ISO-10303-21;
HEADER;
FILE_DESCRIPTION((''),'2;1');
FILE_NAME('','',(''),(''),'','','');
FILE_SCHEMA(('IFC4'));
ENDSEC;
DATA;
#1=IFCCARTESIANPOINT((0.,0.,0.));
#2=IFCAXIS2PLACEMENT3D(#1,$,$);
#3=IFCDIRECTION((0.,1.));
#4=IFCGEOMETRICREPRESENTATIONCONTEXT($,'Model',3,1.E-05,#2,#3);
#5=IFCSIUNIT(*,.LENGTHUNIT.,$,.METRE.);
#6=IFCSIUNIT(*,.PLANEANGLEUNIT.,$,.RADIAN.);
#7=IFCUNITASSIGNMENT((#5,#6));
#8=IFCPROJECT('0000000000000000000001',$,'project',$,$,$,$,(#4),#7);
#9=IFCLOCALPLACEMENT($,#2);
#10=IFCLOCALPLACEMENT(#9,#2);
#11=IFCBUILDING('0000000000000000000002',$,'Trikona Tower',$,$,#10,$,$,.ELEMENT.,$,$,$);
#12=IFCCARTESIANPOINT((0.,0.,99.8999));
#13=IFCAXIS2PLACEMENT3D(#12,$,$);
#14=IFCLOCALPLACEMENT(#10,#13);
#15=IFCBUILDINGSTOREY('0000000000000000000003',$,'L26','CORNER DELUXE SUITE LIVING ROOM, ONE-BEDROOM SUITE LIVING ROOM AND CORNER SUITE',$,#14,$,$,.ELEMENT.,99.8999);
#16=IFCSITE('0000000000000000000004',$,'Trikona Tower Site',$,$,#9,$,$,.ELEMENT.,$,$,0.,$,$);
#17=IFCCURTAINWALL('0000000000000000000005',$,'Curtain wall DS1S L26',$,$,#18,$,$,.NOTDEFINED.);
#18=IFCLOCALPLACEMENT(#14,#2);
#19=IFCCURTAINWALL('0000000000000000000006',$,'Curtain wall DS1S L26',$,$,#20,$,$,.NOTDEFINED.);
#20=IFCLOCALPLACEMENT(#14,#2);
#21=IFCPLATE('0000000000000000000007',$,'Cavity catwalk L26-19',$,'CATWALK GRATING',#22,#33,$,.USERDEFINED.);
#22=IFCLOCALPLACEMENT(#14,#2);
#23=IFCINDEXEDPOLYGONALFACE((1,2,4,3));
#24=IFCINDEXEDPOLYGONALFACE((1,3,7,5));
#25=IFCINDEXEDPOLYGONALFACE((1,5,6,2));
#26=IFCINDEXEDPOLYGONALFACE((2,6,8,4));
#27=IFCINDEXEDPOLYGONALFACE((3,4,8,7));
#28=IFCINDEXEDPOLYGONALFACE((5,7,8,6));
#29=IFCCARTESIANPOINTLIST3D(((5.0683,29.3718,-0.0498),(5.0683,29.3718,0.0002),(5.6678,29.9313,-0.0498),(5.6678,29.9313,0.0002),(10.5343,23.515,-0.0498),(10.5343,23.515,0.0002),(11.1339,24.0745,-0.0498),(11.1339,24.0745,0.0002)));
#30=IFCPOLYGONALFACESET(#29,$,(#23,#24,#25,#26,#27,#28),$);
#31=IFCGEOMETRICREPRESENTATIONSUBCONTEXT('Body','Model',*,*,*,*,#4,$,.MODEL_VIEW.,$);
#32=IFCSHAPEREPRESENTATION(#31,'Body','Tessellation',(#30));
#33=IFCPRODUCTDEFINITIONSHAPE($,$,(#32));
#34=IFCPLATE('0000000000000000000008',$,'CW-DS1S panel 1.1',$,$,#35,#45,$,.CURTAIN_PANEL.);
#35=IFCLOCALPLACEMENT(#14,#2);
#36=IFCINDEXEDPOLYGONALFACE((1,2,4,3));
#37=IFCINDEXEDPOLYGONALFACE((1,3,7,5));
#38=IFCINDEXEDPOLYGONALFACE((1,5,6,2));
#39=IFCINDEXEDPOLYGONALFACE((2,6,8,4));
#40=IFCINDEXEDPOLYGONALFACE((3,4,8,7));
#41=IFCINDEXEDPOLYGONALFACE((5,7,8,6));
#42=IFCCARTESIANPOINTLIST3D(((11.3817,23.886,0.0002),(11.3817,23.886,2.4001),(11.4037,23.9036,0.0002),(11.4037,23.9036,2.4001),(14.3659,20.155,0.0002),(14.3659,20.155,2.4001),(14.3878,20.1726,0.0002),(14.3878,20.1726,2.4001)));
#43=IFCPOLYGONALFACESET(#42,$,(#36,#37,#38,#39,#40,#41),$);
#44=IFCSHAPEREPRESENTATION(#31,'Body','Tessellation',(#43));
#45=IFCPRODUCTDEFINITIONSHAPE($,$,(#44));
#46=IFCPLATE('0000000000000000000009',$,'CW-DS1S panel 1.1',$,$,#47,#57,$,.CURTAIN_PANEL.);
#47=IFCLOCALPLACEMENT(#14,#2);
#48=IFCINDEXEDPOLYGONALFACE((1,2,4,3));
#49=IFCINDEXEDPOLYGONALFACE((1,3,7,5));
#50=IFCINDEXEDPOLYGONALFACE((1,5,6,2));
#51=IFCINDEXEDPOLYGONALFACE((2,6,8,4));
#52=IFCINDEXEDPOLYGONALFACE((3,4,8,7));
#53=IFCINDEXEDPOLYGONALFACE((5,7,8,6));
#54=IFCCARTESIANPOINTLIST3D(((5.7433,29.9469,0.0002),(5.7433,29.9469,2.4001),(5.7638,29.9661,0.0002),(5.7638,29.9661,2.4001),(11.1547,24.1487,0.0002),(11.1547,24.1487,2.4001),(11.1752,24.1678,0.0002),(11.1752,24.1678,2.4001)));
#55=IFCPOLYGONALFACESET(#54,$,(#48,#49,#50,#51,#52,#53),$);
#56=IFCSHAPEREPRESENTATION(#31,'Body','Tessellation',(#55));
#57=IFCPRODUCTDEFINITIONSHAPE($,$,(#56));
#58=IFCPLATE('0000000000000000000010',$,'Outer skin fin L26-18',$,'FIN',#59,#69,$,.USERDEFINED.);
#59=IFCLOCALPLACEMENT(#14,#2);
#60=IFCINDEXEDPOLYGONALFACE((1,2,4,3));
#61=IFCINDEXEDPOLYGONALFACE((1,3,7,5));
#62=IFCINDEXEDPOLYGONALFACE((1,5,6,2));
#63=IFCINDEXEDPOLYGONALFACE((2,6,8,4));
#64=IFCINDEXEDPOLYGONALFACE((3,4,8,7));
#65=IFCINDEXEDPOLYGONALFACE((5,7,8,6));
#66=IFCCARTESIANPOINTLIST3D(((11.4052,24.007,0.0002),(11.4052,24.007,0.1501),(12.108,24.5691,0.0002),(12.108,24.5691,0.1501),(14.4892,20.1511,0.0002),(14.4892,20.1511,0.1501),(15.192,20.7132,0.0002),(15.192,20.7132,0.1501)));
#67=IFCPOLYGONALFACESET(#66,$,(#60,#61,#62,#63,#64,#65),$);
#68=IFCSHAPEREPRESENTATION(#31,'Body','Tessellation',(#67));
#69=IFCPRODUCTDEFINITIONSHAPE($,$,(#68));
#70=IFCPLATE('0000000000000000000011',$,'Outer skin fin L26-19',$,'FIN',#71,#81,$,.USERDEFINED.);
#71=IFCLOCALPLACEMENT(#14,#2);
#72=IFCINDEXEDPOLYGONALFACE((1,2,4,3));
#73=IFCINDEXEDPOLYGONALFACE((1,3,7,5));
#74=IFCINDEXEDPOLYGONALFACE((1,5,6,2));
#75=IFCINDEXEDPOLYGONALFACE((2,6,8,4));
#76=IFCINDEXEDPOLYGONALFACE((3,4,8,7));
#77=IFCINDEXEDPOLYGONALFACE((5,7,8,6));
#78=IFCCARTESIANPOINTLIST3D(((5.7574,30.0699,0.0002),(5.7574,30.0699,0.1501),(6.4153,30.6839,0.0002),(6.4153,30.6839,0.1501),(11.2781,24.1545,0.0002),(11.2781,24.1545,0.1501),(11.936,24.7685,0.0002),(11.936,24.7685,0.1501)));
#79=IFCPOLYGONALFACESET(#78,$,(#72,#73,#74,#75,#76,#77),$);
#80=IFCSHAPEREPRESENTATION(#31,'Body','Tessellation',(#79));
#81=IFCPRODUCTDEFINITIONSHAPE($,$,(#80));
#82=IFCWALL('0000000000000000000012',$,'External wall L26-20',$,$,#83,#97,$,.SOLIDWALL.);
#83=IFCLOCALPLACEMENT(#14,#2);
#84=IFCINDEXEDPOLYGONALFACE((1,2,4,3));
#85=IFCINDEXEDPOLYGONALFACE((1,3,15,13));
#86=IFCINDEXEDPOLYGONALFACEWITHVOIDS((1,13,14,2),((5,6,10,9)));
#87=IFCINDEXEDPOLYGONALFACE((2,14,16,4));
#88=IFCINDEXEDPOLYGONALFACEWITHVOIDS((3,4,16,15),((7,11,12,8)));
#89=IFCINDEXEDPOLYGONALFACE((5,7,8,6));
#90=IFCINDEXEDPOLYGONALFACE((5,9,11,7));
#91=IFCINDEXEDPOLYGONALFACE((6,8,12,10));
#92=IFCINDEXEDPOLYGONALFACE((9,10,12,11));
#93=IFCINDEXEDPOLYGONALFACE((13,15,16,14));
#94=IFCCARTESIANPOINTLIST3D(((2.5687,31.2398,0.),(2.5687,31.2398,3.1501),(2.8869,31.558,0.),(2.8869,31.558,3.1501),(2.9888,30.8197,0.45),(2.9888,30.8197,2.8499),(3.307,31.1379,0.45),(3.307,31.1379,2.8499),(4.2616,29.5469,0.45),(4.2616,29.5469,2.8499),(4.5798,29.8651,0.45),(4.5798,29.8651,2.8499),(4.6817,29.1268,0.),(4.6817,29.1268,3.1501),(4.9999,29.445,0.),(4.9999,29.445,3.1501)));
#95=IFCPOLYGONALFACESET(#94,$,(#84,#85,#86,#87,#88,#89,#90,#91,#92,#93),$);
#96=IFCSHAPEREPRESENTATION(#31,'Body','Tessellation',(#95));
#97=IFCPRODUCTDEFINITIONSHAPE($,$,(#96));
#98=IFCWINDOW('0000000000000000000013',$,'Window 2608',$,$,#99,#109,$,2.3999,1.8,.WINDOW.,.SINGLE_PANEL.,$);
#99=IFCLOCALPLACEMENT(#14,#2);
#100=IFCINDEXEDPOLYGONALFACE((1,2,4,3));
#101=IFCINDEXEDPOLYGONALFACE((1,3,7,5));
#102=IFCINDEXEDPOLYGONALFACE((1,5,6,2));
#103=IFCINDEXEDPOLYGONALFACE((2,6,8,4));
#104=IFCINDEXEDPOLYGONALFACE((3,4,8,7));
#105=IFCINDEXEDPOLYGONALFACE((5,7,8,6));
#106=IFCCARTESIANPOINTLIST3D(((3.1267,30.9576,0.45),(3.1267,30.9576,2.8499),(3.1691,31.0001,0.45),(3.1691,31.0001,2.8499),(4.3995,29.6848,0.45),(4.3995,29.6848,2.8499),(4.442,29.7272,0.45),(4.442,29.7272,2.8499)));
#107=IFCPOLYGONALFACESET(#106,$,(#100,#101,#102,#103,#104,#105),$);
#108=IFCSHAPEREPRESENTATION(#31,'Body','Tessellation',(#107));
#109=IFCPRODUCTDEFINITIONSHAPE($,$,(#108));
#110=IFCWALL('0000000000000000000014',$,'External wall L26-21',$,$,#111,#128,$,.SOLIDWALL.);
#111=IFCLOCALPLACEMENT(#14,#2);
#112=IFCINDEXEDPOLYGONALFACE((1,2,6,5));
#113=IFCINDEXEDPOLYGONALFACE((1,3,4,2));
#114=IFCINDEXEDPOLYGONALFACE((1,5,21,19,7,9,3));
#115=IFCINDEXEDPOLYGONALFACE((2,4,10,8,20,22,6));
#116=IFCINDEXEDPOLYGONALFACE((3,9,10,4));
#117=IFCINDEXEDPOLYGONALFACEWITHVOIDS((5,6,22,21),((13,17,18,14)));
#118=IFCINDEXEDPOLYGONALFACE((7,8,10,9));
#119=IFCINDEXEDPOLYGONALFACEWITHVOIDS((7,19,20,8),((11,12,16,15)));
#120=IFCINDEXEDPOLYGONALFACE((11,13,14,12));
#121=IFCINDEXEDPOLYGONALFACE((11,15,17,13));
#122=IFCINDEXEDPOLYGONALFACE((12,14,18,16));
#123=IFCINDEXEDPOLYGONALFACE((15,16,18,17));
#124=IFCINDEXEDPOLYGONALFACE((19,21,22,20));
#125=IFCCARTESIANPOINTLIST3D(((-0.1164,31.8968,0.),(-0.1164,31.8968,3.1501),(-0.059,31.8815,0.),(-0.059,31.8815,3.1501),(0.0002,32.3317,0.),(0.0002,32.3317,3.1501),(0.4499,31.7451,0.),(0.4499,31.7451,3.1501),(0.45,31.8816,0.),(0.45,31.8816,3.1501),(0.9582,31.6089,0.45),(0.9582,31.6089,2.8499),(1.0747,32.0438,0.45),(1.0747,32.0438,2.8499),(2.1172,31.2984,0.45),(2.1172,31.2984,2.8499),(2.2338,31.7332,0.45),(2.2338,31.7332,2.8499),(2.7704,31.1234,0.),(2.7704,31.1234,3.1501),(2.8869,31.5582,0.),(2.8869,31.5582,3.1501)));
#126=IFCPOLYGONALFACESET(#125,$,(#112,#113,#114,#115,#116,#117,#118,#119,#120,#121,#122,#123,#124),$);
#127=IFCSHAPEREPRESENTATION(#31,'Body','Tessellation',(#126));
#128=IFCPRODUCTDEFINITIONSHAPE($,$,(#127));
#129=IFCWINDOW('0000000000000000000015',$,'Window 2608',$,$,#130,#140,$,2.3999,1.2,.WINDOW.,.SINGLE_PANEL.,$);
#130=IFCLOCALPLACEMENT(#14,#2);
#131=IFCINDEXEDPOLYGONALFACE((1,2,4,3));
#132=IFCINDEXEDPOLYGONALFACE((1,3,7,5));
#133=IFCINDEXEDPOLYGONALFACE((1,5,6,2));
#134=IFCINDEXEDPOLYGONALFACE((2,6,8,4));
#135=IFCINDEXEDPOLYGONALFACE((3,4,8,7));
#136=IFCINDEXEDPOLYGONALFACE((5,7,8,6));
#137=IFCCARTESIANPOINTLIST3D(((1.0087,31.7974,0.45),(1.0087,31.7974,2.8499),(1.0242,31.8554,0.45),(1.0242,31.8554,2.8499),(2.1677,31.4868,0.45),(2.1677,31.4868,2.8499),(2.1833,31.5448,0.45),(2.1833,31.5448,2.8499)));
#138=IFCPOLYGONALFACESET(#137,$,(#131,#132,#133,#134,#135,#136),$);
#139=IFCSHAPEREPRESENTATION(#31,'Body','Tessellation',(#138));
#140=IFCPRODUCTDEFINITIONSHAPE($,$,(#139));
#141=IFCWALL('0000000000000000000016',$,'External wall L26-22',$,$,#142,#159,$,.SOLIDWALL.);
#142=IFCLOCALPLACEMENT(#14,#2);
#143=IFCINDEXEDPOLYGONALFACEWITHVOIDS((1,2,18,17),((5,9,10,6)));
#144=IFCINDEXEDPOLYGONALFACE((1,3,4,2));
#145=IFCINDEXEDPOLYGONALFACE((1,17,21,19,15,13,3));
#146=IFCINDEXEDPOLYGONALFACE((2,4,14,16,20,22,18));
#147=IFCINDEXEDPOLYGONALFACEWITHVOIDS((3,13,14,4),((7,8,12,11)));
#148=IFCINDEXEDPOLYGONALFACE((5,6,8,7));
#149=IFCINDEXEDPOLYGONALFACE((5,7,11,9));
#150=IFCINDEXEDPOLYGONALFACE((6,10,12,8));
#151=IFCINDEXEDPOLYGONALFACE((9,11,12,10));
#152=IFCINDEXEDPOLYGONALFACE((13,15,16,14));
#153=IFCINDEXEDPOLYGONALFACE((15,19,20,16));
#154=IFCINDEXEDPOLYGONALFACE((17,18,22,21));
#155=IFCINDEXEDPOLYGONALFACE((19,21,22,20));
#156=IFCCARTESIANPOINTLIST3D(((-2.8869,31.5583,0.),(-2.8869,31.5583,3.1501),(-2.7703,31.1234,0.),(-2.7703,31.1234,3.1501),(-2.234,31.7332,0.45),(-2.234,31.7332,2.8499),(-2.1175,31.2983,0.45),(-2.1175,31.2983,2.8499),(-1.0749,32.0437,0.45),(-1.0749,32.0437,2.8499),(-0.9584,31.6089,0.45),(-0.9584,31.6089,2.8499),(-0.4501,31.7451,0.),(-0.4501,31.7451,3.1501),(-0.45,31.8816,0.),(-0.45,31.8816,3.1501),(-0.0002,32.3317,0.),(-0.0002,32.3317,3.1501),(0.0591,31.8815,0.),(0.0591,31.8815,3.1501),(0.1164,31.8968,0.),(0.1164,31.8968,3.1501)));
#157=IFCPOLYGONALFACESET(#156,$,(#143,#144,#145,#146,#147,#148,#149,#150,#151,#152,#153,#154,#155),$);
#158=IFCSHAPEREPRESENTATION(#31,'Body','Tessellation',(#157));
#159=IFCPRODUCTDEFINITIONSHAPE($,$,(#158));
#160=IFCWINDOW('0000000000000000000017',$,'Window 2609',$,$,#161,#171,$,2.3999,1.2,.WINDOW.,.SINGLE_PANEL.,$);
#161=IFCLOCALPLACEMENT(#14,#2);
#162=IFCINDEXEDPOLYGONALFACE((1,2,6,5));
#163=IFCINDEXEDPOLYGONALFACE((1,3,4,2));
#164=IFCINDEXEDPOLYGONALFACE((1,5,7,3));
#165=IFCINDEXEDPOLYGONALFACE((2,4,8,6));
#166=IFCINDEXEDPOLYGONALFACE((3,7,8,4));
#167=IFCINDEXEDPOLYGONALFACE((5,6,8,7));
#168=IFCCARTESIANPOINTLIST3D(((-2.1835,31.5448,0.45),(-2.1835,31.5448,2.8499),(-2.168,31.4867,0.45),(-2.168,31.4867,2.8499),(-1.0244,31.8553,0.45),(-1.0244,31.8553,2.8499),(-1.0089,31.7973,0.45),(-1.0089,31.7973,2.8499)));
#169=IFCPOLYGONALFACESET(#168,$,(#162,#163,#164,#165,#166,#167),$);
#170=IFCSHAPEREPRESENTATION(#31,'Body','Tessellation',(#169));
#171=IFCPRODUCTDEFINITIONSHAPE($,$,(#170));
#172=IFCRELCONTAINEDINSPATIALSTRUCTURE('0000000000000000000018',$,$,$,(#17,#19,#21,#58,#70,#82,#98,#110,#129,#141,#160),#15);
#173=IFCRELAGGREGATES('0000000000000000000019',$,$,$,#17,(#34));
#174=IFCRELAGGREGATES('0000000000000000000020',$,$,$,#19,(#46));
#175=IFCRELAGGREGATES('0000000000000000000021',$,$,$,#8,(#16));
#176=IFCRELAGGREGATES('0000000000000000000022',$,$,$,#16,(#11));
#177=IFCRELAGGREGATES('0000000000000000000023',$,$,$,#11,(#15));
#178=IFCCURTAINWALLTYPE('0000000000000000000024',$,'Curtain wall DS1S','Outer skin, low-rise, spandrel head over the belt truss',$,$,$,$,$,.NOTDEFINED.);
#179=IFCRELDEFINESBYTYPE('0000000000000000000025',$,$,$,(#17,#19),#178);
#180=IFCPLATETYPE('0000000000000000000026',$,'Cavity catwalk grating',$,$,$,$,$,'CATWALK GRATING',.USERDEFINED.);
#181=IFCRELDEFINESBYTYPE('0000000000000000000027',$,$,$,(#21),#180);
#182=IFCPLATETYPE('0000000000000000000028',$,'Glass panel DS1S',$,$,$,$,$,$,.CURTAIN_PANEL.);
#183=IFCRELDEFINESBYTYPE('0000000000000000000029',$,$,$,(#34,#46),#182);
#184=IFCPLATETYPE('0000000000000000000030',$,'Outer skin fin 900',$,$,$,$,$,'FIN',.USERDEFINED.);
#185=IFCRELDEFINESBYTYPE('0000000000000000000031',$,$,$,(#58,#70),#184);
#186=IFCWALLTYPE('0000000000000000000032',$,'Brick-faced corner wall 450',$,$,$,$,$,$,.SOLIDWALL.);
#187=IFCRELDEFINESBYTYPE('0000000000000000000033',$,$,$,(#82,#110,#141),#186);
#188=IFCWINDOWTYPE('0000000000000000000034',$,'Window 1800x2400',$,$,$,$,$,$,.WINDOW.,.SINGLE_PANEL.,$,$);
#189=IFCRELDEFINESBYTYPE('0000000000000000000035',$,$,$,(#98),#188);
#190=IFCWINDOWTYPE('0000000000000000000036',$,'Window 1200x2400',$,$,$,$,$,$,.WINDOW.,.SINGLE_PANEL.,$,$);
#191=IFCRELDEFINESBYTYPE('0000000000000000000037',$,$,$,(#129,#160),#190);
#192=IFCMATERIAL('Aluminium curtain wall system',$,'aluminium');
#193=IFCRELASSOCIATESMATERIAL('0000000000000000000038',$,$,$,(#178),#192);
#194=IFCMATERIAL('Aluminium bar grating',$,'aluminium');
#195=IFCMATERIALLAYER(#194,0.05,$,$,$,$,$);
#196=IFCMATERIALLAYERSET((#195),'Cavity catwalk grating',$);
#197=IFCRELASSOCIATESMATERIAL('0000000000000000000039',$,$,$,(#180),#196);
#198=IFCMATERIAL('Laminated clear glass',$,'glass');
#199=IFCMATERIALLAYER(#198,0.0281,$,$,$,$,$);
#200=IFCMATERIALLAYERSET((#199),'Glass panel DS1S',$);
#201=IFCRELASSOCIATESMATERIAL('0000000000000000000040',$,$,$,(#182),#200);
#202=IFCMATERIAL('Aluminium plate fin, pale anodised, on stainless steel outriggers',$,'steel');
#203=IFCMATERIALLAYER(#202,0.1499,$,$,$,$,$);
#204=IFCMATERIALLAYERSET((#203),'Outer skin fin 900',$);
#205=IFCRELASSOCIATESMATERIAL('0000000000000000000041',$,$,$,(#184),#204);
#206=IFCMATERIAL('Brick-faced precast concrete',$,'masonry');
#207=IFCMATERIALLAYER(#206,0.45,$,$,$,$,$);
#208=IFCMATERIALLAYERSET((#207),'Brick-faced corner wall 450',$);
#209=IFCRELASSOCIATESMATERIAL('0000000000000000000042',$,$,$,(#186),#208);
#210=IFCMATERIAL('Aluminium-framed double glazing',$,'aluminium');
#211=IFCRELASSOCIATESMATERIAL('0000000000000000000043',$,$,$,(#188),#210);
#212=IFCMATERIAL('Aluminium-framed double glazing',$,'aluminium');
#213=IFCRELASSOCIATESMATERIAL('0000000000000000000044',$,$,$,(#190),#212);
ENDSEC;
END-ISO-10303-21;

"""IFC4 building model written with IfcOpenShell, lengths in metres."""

from ifc_helpers import new_model, si_unit, direction, frame, frame_2d, origin, origin_2d, place, context, subcontext, project, spatial, polyline, rectangle, outline, extrude, material, layer, layer_set, type_object, element, fill, aggregate, save


model = new_model("IFC4")

# Units and contexts
model_context = context("Model", 3, precision=1e-05, world=origin(), true_north=direction((0.0, 1.0)))
body_context = subcontext(model_context, "Body", "Model", "MODEL_VIEW")
ifc_project = project(units=[si_unit("LENGTHUNIT", "METRE"), si_unit("PLANEANGLEUNIT", "RADIAN")], contexts=[model_context])

# Site, building, storey
site_placement = place(None, origin())
site = spatial("IfcSite", under=ifc_project, at=site_placement, Name="Trikona Tower Site", CompositionType="ELEMENT", RefElevation=0.0)
building_placement = place(site_placement, origin())
building = spatial("IfcBuilding", under=site, at=building_placement, Name="Trikona Tower", CompositionType="ELEMENT")
storey_placement = place(building_placement, frame((0.0, 0.0, 99.8999)))
storey = spatial("IfcBuildingStorey", under=building, at=storey_placement, Name="L26", Description="CORNER DELUXE SUITE LIVING ROOM, ONE-BEDROOM SUITE LIVING ROOM AND CORNER SUITE", CompositionType="ELEMENT", Elevation=99.8999)

# Curtain wall
ifc_material_1 = material(Name="Aluminium curtain wall system", Category="aluminium")
curtain_wall_type = type_object("IfcCurtainWallType", Name="Curtain wall DS1S", Description="Outer skin, low-rise, spandrel head over the belt truss", PredefinedType="NOTDEFINED", material=ifc_material_1)
curtain_wall_1_placement = place(storey_placement, origin())
curtain_wall_1 = element("IfcCurtainWall", 1, at=curtain_wall_1_placement, inside=storey, type_object=curtain_wall_type, Name="Curtain wall DS1S L26", PredefinedType="NOTDEFINED")

# Curtain wall
curtain_wall_2_placement = place(storey_placement, origin())
curtain_wall_2 = element("IfcCurtainWall", 2, at=curtain_wall_2_placement, inside=storey, type_object=curtain_wall_type, Name="Curtain wall DS1S L26", PredefinedType="NOTDEFINED")

# Plate
ifc_material_2 = material(Name="Aluminium bar grating", Category="aluminium")
ifc_layer_1 = layer(ifc_material_2, 0.05)
ifc_layer_set_1 = layer_set([ifc_layer_1], Name="Cavity catwalk grating")
plate_type_1 = type_object("IfcPlateType", Name="Cavity catwalk grating", ElementType="CATWALK GRATING", PredefinedType="USERDEFINED", material=ifc_layer_set_1)
plate_1_placement = place(storey_placement, frame((8.1011, 26.7231, -0.0498), z_axis=(0.0, 0.0, 1.0), x_axis=(-0.682298, 0.731074, 0.0)))
element("IfcPlate", 3, at=plate_1_placement, inside=storey, type_object=plate_type_1, Name="Cavity catwalk L26-19", ObjectType="CATWALK GRATING", PredefinedType="USERDEFINED", context=body_context, shape_type="SweptSolid", body=[
    extrude(rectangle(XDim=8.0112, YDim=0.8201, at=origin_2d()), origin(), (0.0, 0.0, 1.0), 0.05),
])

# Plates
ifc_material_3 = material(Name="Laminated clear glass", Category="glass")
ifc_layer_2 = layer(ifc_material_3, 0.0281)
ifc_layer_set_2 = layer_set([ifc_layer_2], Name="Glass panel DS1S")
plate_type_2 = type_object("IfcPlateType", Name="Glass panel DS1S", PredefinedType="CURTAIN_PANEL", material=ifc_layer_set_2)
plate_2_placement = place(storey_placement, frame((12.8848, 22.0293, 0.0002), z_axis=(0.0, 0.0, 1.0), x_axis=(-0.624609, 0.780938, 0.0)))
plate_2 = element("IfcPlate", 4, at=plate_2_placement, type_object=plate_type_2, Name="CW-DS1S panel 1.1", PredefinedType="CURTAIN_PANEL", context=body_context, shape_type="SweptSolid", body=[
    extrude(rectangle(XDim=4.7776, YDim=0.0281, at=origin_2d()), origin(), (0.0, 0.0, 1.0), 2.3999),
])
aggregate(curtain_wall_1, [plate_2])
plate_3_placement = place(storey_placement, frame((8.4592, 27.0574, 0.0002), z_axis=(0.0, 0.0, 1.0), x_axis=(-0.682295, 0.731077, 0.0)))
plate_3 = element("IfcPlate", 5, at=plate_3_placement, type_object=plate_type_2, Name="CW-DS1S panel 1.1", PredefinedType="CURTAIN_PANEL", context=body_context, shape_type="SweptSolid", body=[
    extrude(rectangle(XDim=7.9312, YDim=0.0281, at=origin_2d()), origin(), (0.0, 0.0, 1.0), 2.3999),
])
aggregate(curtain_wall_2, [plate_3])

# Plates
ifc_material_4 = material(Name="Aluminium plate fin, pale anodised, on stainless steel outriggers", Category="steel")
ifc_layer_3 = layer(ifc_material_4, 0.1499)
ifc_layer_set_3 = layer_set([ifc_layer_3], Name="Outer skin fin 900")
plate_type_3 = type_object("IfcPlateType", Name="Outer skin fin 900", ElementType="FIN", PredefinedType="USERDEFINED", material=ifc_layer_set_3)
plate_4_placement = place(storey_placement, frame((13.2986, 22.3601, 0.0002), z_axis=(0.0, 0.0, 1.0), x_axis=(-0.624604, 0.780942, 0.0)))
element("IfcPlate", 6, at=plate_4_placement, inside=storey, type_object=plate_type_3, Name="Outer skin fin L26-18", ObjectType="FIN", PredefinedType="USERDEFINED", context=body_context, shape_type="SweptSolid", body=[
    extrude(rectangle(XDim=4.9375, YDim=0.8999, at=origin_2d()), origin(), (0.0, 0.0, 1.0), 0.1499),
])
plate_5_placement = place(storey_placement, frame((8.8467, 27.4192, 0.0002), z_axis=(0.0, 0.0, 1.0), x_axis=(-0.682298, 0.731074, 0.0)))
element("IfcPlate", 7, at=plate_5_placement, inside=storey, type_object=plate_type_3, Name="Outer skin fin L26-19", ObjectType="FIN", PredefinedType="USERDEFINED", context=body_context, shape_type="SweptSolid", body=[
    extrude(rectangle(XDim=8.0913, YDim=0.8999, at=origin_2d()), origin(), (0.0, 0.0, 1.0), 0.1499),
])

# Walls, openings, windows
ifc_material_5 = material(Name="Brick-faced precast concrete", Category="masonry")
ifc_layer_4 = layer(ifc_material_5, 0.45)
ifc_layer_set_4 = layer_set([ifc_layer_4], Name="Brick-faced corner wall 450")
wall_type_1 = type_object("IfcWallType", Name="Brick-faced corner wall 450", PredefinedType="SOLIDWALL", material=ifc_layer_set_4)
wall_1_placement = place(storey_placement, frame((4.8408, 29.2859, 0.0), z_axis=(0.0, 0.0, 1.0), x_axis=(-0.707107, 0.707107, 0.0)))
wall_1 = element("IfcWall", 8, at=wall_1_placement, inside=storey, type_object=wall_type_1, Name="External wall L26-20", PredefinedType="SOLIDWALL", context=body_context, shape_type="SweptSolid", body=[
    extrude(rectangle(XDim=2.9883, YDim=0.45, at=frame_2d((1.4941, 0.0))), origin(), (0.0, 0.0, 1.0), 3.1501),
])
opening_1_placement = place(wall_1_placement, frame((0.5942, 0.0, 0.45)))
opening_1 = element("IfcOpeningElement", 9, at=opening_1_placement, cuts=wall_1, PredefinedType="OPENING", context=body_context, shape_type="SweptSolid", body=[
    extrude(rectangle(XDim=1.8, YDim=2.3999, at=frame_2d((0.8999, 1.2))), frame((0.0, 0.2349, 0.0), z_axis=(0.0, -1.0, 0.0), x_axis=(1.0, 0.0, 0.0)), (0.0, 0.0, 1.0), 0.47),
])
ifc_material_6 = material(Name="Aluminium-framed double glazing", Category="aluminium")
window_type_1 = type_object("IfcWindowType", Name="Window 1800x2400", PartitioningType="SINGLE_PANEL", PredefinedType="WINDOW", material=ifc_material_6)
window_1_placement = place(opening_1_placement, origin())
window_1 = element("IfcWindow", 10, at=window_1_placement, inside=storey, type_object=window_type_1, Name="Window 2608", OverallHeight=2.3999, OverallWidth=1.8, PartitioningType="SINGLE_PANEL", PredefinedType="WINDOW", context=body_context, shape_type="SweptSolid", body=[
    extrude(rectangle(XDim=1.8, YDim=2.3999, at=frame_2d((0.8999, 1.2))), frame((0.0, 0.03, 0.0), z_axis=(0.0, -1.0, 0.0), x_axis=(1.0, 0.0, 0.0)), (0.0, 0.0, 1.0), 0.0601),
])
fill(opening_1, window_1)
wall_2_placement = place(storey_placement, frame((2.8286, 31.3408, 0.0), z_axis=(0.0, 0.0, 1.0), x_axis=(-0.965931, 0.258801, 0.0)))
wall_2 = element("IfcWall", 11, at=wall_2_placement, inside=storey, type_object=wall_type_1, Name="External wall L26-21", PredefinedType="SOLIDWALL", context=body_context, shape_type="SweptSolid", body=[
    extrude(outline(polyline([(2.9885, 0.2251), (2.9292, 0.2251), (2.4375, 0.0933), (2.4023, 0.2251), (0.0, 0.2251), (0.0, -0.2251), (2.9885, -0.2251), (2.9885, 0.2251)])), origin(), (0.0, 0.0, 1.0), 3.1501),
])
opening_2_placement = place(wall_2_placement, frame((0.676, 0.0, 0.45)))
opening_2 = element("IfcOpeningElement", 12, at=opening_2_placement, cuts=wall_2, PredefinedType="OPENING", context=body_context, shape_type="SweptSolid", body=[
    extrude(rectangle(XDim=1.2, YDim=2.3999, at=frame_2d((0.6001, 1.2))), frame((0.0, 0.2349, 0.0), z_axis=(0.0, -1.0, 0.0), x_axis=(1.0, 0.0, 0.0)), (0.0, 0.0, 1.0), 0.47),
])
ifc_material_7 = material(Name="Aluminium-framed double glazing", Category="aluminium")
window_type_2 = type_object("IfcWindowType", Name="Window 1200x2400", PartitioningType="SINGLE_PANEL", PredefinedType="WINDOW", material=ifc_material_7)
window_2_placement = place(opening_2_placement, origin())
window_2 = element("IfcWindow", 13, at=window_2_placement, inside=storey, type_object=window_type_2, Name="Window 2608", OverallHeight=2.3999, OverallWidth=1.2, PartitioningType="SINGLE_PANEL", PredefinedType="WINDOW", context=body_context, shape_type="SweptSolid", body=[
    extrude(rectangle(XDim=1.2, YDim=2.3999, at=frame_2d((0.6001, 1.2))), frame((0.0, 0.03, 0.0), z_axis=(0.0, -1.0, 0.0), x_axis=(1.0, 0.0, 0.0)), (0.0, 0.0, 1.0), 0.0601),
])
fill(opening_2, window_2)
wall_3_placement = place(storey_placement, frame((0.0581, 32.1143, 0.0), z_axis=(0.0, 0.0, 1.0), x_axis=(-0.965931, -0.258801, 0.0)))
wall_3 = element("IfcWall", 14, at=wall_3_placement, inside=storey, type_object=wall_type_1, Name="External wall L26-22", PredefinedType="SOLIDWALL", context=body_context, shape_type="SweptSolid", body=[
    extrude(outline(polyline([(2.9885, 0.2251), (0.5864, 0.2251), (0.551, 0.0933), (0.0593, 0.2251), (0.0, 0.2251), (0.0, -0.2251), (2.9885, -0.2251), (2.9885, 0.2251)])), origin(), (0.0, 0.0, 1.0), 3.1501),
])
opening_3_placement = place(wall_3_placement, frame((1.1125, 0.0, 0.45)))
opening_3 = element("IfcOpeningElement", 15, at=opening_3_placement, cuts=wall_3, PredefinedType="OPENING", context=body_context, shape_type="SweptSolid", body=[
    extrude(rectangle(XDim=1.2, YDim=2.3999, at=frame_2d((0.6001, 1.2))), frame((0.0, 0.2349, 0.0), z_axis=(0.0, -1.0, 0.0), x_axis=(1.0, 0.0, 0.0)), (0.0, 0.0, 1.0), 0.47),
])
window_3_placement = place(opening_3_placement, origin())
window_3 = element("IfcWindow", 16, at=window_3_placement, inside=storey, type_object=window_type_2, Name="Window 2609", OverallHeight=2.3999, OverallWidth=1.2, PartitioningType="SINGLE_PANEL", PredefinedType="WINDOW", context=body_context, shape_type="SweptSolid", body=[
    extrude(rectangle(XDim=1.2, YDim=2.3999, at=frame_2d((0.6001, 1.2))), frame((0.0, 0.03, 0.0), z_axis=(0.0, -1.0, 0.0), x_axis=(1.0, 0.0, 0.0)), (0.0, 0.0, 1.0), 0.0601),
])
fill(opening_3, window_3)

save(model, "model.ifc")
